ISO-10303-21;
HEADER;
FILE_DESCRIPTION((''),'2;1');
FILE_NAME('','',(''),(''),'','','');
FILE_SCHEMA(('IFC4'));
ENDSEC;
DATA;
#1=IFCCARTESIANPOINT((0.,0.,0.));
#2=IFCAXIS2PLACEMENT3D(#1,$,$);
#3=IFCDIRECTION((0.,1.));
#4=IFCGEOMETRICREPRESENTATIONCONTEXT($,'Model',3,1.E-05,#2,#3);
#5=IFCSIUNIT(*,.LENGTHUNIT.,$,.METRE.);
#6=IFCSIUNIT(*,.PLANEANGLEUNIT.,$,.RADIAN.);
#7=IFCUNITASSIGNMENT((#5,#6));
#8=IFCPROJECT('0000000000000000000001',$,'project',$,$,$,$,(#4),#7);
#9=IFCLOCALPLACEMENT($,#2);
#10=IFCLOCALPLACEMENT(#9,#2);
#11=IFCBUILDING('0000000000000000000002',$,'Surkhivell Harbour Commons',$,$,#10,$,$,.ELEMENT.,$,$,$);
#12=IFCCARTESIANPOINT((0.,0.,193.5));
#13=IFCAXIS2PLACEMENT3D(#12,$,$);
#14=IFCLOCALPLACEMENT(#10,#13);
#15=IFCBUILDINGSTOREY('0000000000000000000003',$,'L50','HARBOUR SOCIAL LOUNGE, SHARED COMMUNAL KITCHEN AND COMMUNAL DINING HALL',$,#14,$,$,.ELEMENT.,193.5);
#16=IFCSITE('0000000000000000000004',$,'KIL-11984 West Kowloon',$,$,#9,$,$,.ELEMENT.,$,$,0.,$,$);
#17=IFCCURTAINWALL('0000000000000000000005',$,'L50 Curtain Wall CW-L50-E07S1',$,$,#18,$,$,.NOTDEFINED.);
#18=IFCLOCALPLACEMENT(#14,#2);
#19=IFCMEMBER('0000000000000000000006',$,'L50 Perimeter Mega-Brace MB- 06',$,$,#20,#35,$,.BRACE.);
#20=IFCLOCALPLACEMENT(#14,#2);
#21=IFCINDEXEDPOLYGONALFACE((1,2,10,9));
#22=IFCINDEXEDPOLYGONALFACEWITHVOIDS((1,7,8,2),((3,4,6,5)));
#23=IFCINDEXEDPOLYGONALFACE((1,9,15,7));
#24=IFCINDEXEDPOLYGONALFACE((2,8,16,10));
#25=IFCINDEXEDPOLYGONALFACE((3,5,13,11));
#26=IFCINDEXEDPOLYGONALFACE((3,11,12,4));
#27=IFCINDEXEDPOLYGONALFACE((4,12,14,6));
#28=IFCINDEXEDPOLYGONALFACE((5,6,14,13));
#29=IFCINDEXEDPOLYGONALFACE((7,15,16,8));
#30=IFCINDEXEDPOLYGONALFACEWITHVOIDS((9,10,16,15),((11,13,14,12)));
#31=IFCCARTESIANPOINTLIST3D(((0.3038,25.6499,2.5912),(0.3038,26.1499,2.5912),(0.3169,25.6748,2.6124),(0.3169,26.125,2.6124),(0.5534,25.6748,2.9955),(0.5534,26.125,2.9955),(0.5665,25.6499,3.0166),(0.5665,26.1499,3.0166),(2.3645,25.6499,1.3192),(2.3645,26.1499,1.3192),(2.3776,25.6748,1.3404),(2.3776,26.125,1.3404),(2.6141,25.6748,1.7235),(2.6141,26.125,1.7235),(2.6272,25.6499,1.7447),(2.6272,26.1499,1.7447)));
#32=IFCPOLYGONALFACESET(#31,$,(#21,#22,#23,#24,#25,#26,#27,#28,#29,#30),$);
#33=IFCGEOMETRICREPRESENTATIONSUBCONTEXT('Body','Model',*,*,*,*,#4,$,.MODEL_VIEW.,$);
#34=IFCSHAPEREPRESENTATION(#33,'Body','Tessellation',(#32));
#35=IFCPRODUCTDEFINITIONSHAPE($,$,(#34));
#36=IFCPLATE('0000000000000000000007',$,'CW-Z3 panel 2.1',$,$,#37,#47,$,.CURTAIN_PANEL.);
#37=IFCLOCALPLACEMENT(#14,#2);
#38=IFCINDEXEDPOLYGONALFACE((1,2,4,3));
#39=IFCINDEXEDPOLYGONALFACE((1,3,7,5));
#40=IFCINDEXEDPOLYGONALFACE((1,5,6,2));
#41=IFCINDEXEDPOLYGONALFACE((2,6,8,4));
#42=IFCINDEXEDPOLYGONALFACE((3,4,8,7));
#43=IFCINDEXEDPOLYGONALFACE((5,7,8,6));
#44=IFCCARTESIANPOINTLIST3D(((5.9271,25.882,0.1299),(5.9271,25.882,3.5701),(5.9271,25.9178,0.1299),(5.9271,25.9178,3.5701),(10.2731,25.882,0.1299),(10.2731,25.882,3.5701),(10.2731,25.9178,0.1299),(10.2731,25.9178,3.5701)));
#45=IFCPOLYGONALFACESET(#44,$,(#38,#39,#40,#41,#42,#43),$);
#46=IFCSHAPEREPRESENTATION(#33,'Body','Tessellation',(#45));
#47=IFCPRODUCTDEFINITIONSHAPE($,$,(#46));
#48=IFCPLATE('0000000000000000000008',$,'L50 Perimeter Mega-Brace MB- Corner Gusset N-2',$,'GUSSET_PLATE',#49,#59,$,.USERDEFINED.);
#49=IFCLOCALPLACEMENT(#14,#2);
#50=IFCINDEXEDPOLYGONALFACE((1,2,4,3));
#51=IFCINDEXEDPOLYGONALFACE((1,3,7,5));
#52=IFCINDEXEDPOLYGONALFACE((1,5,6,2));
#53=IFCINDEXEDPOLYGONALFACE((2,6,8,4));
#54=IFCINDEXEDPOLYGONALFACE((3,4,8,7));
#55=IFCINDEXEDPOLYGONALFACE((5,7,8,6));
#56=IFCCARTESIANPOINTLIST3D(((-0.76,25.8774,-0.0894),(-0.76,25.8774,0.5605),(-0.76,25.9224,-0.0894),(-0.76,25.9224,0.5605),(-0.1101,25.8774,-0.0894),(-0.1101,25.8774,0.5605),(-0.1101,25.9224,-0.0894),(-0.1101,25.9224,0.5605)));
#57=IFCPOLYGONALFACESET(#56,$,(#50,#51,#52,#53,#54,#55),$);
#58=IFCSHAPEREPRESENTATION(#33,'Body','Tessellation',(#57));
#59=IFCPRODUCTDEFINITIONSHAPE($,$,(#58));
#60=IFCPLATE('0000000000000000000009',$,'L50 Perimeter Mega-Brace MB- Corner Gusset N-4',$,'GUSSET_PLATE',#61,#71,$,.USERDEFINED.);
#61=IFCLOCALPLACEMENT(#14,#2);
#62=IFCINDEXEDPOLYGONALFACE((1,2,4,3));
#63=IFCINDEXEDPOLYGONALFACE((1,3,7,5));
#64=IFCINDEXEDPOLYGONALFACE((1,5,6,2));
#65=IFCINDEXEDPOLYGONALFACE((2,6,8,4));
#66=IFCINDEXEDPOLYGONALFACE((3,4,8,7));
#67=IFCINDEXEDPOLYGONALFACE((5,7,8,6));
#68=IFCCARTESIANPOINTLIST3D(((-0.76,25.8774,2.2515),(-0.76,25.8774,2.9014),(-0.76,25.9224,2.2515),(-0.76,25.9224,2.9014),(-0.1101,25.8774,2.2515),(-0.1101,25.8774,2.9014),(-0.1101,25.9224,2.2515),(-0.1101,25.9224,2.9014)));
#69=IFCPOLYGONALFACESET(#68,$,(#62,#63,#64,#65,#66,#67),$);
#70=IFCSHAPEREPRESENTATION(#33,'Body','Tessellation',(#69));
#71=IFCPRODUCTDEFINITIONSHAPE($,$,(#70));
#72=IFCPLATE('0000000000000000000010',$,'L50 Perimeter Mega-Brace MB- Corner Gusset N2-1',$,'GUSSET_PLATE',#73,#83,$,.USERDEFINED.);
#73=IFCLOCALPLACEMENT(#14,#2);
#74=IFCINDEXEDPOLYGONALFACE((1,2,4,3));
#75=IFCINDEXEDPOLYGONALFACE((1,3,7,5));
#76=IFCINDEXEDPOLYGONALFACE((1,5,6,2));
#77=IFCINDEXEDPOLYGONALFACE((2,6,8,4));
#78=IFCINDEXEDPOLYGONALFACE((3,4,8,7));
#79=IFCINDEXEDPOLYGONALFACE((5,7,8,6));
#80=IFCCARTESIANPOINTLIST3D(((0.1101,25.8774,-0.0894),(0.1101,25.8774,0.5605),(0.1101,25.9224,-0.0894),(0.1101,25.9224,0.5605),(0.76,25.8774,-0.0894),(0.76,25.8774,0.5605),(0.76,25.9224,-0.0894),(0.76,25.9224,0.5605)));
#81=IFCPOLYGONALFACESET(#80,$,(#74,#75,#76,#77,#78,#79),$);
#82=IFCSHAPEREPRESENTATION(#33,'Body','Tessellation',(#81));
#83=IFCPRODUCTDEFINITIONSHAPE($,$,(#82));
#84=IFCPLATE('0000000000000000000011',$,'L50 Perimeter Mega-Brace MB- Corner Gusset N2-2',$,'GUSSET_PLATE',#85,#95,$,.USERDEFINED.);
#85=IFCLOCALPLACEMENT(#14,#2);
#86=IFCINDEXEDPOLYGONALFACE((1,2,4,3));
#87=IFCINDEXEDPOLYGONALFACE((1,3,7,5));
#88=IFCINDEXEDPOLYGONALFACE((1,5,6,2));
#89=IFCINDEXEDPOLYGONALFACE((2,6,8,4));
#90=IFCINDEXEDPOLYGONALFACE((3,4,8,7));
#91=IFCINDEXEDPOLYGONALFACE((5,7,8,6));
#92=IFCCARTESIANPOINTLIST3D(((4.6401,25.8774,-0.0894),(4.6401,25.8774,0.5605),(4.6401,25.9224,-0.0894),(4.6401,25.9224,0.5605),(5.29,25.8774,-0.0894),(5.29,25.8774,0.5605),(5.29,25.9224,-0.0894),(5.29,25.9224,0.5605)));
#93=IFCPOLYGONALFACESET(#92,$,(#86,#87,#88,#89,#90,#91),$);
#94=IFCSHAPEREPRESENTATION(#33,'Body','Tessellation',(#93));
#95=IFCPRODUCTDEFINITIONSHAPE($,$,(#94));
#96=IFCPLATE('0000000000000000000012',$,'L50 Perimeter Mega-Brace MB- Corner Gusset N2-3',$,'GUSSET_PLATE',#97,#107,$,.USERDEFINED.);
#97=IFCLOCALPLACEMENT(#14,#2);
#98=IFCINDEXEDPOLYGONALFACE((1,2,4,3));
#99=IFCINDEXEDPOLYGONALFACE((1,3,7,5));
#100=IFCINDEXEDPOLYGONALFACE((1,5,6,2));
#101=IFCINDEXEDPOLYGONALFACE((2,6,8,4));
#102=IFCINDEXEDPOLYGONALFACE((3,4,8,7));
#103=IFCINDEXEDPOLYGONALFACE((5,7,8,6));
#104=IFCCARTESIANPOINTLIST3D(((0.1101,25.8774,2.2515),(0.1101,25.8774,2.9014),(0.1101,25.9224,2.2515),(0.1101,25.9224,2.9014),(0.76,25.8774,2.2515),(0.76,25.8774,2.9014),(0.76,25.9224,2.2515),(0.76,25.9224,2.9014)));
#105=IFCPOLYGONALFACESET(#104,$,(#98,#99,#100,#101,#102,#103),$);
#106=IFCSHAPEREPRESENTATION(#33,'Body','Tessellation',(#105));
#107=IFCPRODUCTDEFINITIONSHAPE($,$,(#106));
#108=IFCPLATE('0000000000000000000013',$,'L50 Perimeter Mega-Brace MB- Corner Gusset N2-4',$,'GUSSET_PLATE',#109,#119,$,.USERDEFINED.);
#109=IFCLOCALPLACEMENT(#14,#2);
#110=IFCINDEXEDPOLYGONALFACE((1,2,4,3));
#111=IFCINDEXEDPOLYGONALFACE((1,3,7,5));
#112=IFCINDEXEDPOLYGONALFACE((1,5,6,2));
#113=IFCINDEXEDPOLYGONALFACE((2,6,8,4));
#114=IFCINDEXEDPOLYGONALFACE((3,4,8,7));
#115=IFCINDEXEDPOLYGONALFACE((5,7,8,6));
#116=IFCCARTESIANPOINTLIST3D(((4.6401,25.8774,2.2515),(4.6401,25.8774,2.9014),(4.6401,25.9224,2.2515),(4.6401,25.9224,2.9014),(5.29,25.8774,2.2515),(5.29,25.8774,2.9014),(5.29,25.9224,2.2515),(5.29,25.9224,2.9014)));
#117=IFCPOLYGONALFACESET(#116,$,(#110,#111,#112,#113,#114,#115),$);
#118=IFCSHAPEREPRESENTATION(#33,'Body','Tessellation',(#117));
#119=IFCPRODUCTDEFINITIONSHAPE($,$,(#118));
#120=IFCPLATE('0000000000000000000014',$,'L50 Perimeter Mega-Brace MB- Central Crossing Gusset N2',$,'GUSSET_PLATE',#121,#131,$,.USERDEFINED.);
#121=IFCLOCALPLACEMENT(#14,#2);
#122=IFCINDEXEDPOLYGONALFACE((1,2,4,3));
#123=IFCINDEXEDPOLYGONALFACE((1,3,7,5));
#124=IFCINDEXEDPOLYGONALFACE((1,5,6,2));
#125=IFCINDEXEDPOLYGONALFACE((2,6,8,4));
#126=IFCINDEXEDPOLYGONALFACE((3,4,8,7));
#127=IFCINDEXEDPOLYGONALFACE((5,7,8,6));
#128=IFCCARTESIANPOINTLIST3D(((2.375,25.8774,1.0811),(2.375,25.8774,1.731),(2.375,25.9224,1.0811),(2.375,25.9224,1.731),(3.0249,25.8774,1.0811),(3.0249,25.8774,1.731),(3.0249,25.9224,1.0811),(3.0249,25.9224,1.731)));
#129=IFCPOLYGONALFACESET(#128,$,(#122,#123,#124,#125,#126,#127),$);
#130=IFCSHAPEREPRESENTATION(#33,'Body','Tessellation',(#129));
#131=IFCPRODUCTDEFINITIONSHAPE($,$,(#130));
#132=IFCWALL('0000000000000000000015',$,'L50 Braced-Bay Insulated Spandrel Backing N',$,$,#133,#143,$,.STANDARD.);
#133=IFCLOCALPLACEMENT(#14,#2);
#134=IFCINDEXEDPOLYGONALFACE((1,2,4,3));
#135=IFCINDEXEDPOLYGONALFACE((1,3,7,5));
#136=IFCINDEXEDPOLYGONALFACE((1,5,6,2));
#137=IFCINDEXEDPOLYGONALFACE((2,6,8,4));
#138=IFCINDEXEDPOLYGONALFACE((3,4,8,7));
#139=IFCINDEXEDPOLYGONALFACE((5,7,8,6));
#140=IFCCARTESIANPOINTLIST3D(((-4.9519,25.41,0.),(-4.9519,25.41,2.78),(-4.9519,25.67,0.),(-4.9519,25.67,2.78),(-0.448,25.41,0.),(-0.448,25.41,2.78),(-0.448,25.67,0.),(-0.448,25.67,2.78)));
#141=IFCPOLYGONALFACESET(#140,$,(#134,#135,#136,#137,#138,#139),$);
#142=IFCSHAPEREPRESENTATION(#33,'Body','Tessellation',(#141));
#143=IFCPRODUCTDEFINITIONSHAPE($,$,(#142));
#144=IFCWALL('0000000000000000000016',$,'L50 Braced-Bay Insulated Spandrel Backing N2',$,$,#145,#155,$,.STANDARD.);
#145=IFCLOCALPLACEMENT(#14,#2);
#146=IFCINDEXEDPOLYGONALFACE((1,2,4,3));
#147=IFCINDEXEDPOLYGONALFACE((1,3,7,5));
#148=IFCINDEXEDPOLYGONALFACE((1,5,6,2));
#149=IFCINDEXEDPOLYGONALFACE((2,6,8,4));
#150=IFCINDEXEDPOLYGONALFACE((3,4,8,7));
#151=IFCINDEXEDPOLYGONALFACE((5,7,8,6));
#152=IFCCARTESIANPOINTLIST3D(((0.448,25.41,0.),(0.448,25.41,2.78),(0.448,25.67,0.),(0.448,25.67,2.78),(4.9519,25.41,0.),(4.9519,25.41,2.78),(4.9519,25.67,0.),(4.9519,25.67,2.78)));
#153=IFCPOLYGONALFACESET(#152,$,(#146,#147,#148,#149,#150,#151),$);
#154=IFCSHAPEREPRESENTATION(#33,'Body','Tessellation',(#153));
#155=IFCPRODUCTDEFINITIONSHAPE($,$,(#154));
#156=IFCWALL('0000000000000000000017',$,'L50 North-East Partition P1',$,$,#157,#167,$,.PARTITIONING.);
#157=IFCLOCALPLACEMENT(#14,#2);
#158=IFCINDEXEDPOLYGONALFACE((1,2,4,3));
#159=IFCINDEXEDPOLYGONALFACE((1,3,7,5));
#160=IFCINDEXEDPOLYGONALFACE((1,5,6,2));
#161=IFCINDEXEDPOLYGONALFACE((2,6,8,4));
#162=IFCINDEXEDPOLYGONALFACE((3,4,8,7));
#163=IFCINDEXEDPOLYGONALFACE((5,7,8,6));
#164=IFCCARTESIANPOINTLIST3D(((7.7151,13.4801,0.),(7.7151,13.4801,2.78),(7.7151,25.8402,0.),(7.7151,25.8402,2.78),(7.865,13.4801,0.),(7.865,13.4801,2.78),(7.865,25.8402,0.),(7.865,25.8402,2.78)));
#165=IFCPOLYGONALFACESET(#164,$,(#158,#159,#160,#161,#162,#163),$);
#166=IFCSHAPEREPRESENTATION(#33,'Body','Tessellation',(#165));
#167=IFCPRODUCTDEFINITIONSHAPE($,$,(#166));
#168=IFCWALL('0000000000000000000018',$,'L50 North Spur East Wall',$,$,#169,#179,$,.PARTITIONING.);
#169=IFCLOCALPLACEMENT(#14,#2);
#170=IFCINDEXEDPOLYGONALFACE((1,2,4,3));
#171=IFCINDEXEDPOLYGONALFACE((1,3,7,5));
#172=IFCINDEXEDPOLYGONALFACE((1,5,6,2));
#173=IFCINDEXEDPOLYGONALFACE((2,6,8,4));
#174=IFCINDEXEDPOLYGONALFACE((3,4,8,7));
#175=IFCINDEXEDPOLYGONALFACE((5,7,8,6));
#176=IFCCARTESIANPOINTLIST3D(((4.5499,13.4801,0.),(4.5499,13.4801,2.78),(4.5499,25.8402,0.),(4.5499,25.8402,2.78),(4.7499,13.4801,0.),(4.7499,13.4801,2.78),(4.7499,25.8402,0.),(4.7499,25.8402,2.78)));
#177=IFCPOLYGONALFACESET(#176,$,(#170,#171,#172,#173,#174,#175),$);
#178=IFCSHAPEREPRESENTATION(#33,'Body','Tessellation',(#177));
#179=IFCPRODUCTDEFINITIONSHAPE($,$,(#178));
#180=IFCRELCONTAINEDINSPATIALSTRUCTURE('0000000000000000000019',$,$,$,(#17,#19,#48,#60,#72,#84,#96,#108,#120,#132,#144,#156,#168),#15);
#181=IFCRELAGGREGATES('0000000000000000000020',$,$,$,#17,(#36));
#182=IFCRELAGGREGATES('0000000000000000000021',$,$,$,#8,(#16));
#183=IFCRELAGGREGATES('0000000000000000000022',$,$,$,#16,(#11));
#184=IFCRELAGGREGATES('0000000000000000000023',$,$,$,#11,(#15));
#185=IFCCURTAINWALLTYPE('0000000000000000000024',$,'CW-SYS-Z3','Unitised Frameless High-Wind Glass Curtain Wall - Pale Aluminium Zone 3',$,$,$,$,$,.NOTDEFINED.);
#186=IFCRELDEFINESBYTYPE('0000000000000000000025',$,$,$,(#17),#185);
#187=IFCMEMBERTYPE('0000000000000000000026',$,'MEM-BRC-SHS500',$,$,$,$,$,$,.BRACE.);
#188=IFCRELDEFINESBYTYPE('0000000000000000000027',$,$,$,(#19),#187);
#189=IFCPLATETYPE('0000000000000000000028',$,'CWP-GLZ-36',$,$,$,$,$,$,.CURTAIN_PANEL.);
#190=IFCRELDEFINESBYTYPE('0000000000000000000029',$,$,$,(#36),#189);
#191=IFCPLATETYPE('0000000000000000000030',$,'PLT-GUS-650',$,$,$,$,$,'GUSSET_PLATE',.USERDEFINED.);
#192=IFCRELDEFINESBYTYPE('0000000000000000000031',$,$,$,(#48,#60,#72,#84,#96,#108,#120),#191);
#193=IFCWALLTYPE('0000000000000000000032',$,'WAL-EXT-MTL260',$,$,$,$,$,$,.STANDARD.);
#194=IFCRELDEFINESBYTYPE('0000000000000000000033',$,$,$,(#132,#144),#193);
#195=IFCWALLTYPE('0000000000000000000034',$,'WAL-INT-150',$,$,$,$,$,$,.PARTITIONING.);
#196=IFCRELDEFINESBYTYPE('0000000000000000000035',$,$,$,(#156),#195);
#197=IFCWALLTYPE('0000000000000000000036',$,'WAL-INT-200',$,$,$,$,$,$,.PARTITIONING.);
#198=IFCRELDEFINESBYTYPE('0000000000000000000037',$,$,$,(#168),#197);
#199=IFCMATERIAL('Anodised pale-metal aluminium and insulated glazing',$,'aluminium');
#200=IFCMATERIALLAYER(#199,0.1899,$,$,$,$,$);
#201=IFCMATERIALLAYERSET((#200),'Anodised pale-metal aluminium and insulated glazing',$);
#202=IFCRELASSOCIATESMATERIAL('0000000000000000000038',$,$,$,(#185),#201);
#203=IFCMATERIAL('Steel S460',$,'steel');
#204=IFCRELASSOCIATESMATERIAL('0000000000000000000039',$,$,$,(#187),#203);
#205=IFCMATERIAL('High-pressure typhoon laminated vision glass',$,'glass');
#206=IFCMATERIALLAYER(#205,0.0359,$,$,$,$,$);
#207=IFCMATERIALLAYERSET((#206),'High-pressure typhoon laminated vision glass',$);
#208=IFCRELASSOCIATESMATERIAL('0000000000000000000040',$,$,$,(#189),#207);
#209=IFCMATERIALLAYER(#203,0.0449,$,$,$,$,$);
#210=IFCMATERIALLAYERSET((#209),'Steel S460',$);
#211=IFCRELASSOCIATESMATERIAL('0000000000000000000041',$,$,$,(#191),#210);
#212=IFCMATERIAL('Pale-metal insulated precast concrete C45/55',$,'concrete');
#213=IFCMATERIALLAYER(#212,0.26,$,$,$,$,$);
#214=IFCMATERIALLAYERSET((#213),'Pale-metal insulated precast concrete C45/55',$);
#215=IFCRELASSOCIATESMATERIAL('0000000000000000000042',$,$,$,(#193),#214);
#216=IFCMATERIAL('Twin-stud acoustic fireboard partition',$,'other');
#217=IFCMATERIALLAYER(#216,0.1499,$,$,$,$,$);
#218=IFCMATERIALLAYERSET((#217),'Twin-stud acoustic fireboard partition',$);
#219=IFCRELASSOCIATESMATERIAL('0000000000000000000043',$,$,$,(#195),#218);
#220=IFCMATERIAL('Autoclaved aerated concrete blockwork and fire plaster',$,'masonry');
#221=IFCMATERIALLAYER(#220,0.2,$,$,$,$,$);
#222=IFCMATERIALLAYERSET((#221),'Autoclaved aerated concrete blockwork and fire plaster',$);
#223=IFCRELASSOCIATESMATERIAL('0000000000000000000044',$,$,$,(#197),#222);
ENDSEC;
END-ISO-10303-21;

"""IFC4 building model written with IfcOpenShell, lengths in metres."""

from ifc_helpers import new_model, si_unit, direction, frame, frame_2d, origin, origin_2d, place, context, subcontext, project, spatial, rectangle, hollow_rectangle, extrude, material, layer, layer_set, material_profile, profile_set, type_object, element, aggregate, save


model = new_model("IFC4")

# Units and contexts
model_context = context("Model", 3, precision=1e-05, world=origin(), true_north=direction((0.0, 1.0)))
body_context = subcontext(model_context, "Body", "Model", "MODEL_VIEW")
ifc_project = project(units=[si_unit("LENGTHUNIT", "METRE"), si_unit("PLANEANGLEUNIT", "RADIAN")], contexts=[model_context])

# Site, building, storey
site_placement = place(None, origin())
site = spatial("IfcSite", under=ifc_project, at=site_placement, Name="KIL-11984 West Kowloon", CompositionType="ELEMENT", RefElevation=0.0)
building_placement = place(site_placement, origin())
building = spatial("IfcBuilding", under=site, at=building_placement, Name="Surkhivell Harbour Commons", CompositionType="ELEMENT")
storey_placement = place(building_placement, frame((0.0, 0.0, 193.5)))
storey = spatial("IfcBuildingStorey", under=building, at=storey_placement, Name="L50", Description="HARBOUR SOCIAL LOUNGE, SHARED COMMUNAL KITCHEN AND COMMUNAL DINING HALL", CompositionType="ELEMENT", Elevation=193.5)

# Curtain wall
ifc_material_1 = material(Name="Anodised pale-metal aluminium and insulated glazing", Category="aluminium")
ifc_layer_1 = layer(ifc_material_1, 0.1899)
ifc_layer_set_1 = layer_set([ifc_layer_1], Name="Anodised pale-metal aluminium and insulated glazing")
curtain_wall_type = type_object("IfcCurtainWallType", Name="CW-SYS-Z3", Description="Unitised Frameless High-Wind Glass Curtain Wall - Pale Aluminium Zone 3", PredefinedType="NOTDEFINED", material=ifc_layer_set_1)
curtain_wall_placement = place(storey_placement, origin())
curtain_wall = element("IfcCurtainWall", 1, at=curtain_wall_placement, inside=storey, type_object=curtain_wall_type, Name="L50 Curtain Wall CW-L50-E07S1", PredefinedType="NOTDEFINED")

# Member
ifc_material_2 = material(Name="Steel S460", Category="steel")
ifc_material_profile_1 = material_profile(ifc_material_2, hollow_rectangle(XDim=0.5, YDim=0.5, WallThickness=0.0249, at=origin_2d()), Name="SHS500x500x25")
ifc_profile_set_1 = profile_set([ifc_material_profile_1], Name="Steel S460")
member_type_1 = type_object("IfcMemberType", Name="MEM-BRC-SHS500", PredefinedType="BRACE", material=ifc_profile_set_1)
for number, where, z_axis, x_axis, name in (
    (2, (2.4958, 25.8999, 1.532), (-0.850958, 0.0, 0.525233), (0.0, -1.0, 0.0), "L50 Perimeter Mega-Brace MB- 06"),
):
    element("IfcMember", number, at=place(storey_placement, frame(where, z_axis=z_axis, x_axis=x_axis)), inside=storey, type_object=member_type_1, Name=name, PredefinedType="BRACE", context=body_context, shape_type="SweptSolid", body=[
        extrude(hollow_rectangle(XDim=0.5, YDim=0.5, WallThickness=0.0249, at=origin_2d()), origin(), (0.0, 0.0, 1.0), 2.4216),
    ])

# Plate
ifc_material_3 = material(Name="High-pressure typhoon laminated vision glass", Category="glass")
ifc_layer_2 = layer(ifc_material_3, 0.0359)
ifc_layer_set_2 = layer_set([ifc_layer_2], Name="High-pressure typhoon laminated vision glass")
plate_type_1 = type_object("IfcPlateType", Name="CWP-GLZ-36", PredefinedType="CURTAIN_PANEL", material=ifc_layer_set_2)
plate_placement = place(storey_placement, frame((10.2729, 25.8999, 0.1299), z_axis=(0.0, 0.0, 1.0), x_axis=(-1.0, 0.0, 0.0)))
plate = element("IfcPlate", 3, at=plate_placement, type_object=plate_type_1, Name="CW-Z3 panel 2.1", PredefinedType="CURTAIN_PANEL", context=body_context, shape_type="SweptSolid", body=[
    extrude(rectangle(XDim=4.3459, YDim=0.0359, at=frame_2d((2.1729, 0.0))), origin(), (0.0, 0.0, 1.0), 3.4402),
])
aggregate(curtain_wall, [plate])

# Plates
ifc_layer_3 = layer(ifc_material_2, 0.0449)
ifc_layer_set_3 = layer_set([ifc_layer_3], Name="Steel S460")
plate_type_2 = type_object("IfcPlateType", Name="PLT-GUS-650", ElementType="GUSSET_PLATE", PredefinedType="USERDEFINED", material=ifc_layer_set_3)
for number, where, z_axis, x_axis, name in (
    (4, (-0.4351, 25.8999, -0.0894), (0.0, 0.0, 1.0), (1.0, 0.0, 0.0), "L50 Perimeter Mega-Brace MB- Corner Gusset N-2"),
    (5, (-0.4351, 25.8999, 2.2515), (0.0, 0.0, 1.0), (1.0, 0.0, 0.0), "L50 Perimeter Mega-Brace MB- Corner Gusset N-4"),
    (6, (0.4351, 25.8999, -0.0894), (0.0, 0.0, 1.0), (1.0, 0.0, 0.0), "L50 Perimeter Mega-Brace MB- Corner Gusset N2-1"),
    (7, (4.9651, 25.8999, -0.0894), (0.0, 0.0, 1.0), (1.0, 0.0, 0.0), "L50 Perimeter Mega-Brace MB- Corner Gusset N2-2"),
    (8, (0.4351, 25.8999, 2.2515), (0.0, 0.0, 1.0), (1.0, 0.0, 0.0), "L50 Perimeter Mega-Brace MB- Corner Gusset N2-3"),
    (9, (4.9651, 25.8999, 2.2515), (0.0, 0.0, 1.0), (1.0, 0.0, 0.0), "L50 Perimeter Mega-Brace MB- Corner Gusset N2-4"),
    (10, (2.7, 25.8999, 1.0811), (0.0, 0.0, 1.0), (1.0, 0.0, 0.0), "L50 Perimeter Mega-Brace MB- Central Crossing Gusset N2"),
):
    element("IfcPlate", number, at=place(storey_placement, frame(where, z_axis=z_axis, x_axis=x_axis)), inside=storey, type_object=plate_type_2, Name=name, ObjectType="GUSSET_PLATE", PredefinedType="USERDEFINED", context=body_context, shape_type="SweptSolid", body=[
        extrude(rectangle(XDim=0.6499, YDim=0.0449, at=origin_2d()), origin(), (0.0, 0.0, 1.0), 0.6499),
    ])

# Walls
ifc_material_4 = material(Name="Pale-metal insulated precast concrete C45/55", Category="concrete")
ifc_layer_4 = layer(ifc_material_4, 0.26)
ifc_layer_set_4 = layer_set([ifc_layer_4], Name="Pale-metal insulated precast concrete C45/55")
wall_type_1 = type_object("IfcWallType", Name="WAL-EXT-MTL260", PredefinedType="STANDARD", material=ifc_layer_set_4)
for number, where, z_axis, x_axis, name in (
    (11, (-0.448, 25.54, 0.0), (0.0, 0.0, 1.0), (-1.0, 0.0, 0.0), "L50 Braced-Bay Insulated Spandrel Backing N"),
    (12, (4.9519, 25.54, 0.0), (0.0, 0.0, 1.0), (-1.0, 0.0, 0.0), "L50 Braced-Bay Insulated Spandrel Backing N2"),
):
    element("IfcWall", number, at=place(storey_placement, frame(where, z_axis=z_axis, x_axis=x_axis)), inside=storey, type_object=wall_type_1, Name=name, PredefinedType="STANDARD", context=body_context, shape_type="SweptSolid", body=[
        extrude(rectangle(XDim=4.5039, YDim=0.26, at=frame_2d((2.252, 0.0))), origin(), (0.0, 0.0, 1.0), 2.78),
    ])
ifc_material_5 = material(Name="Twin-stud acoustic fireboard partition", Category="other")
ifc_layer_5 = layer(ifc_material_5, 0.1499)
ifc_layer_set_5 = layer_set([ifc_layer_5], Name="Twin-stud acoustic fireboard partition")
wall_type_2 = type_object("IfcWallType", Name="WAL-INT-150", PredefinedType="PARTITIONING", material=ifc_layer_set_5)
wall_1_placement = place(storey_placement, frame((7.79, 13.48, 0.0), z_axis=(0.0, 0.0, 1.0), x_axis=(0.0, 1.0, 0.0)))
element("IfcWall", 13, at=wall_1_placement, inside=storey, type_object=wall_type_2, Name="L50 North-East Partition P1", PredefinedType="PARTITIONING", context=body_context, shape_type="SweptSolid", body=[
    extrude(rectangle(XDim=12.3601, YDim=0.1499, at=frame_2d((6.1802, 0.0))), origin(), (0.0, 0.0, 1.0), 2.78),
])
ifc_material_6 = material(Name="Autoclaved aerated concrete blockwork and fire plaster", Category="masonry")
ifc_layer_6 = layer(ifc_material_6, 0.2)
ifc_layer_set_6 = layer_set([ifc_layer_6], Name="Autoclaved aerated concrete blockwork and fire plaster")
wall_type_3 = type_object("IfcWallType", Name="WAL-INT-200", PredefinedType="PARTITIONING", material=ifc_layer_set_6)
wall_2_placement = place(storey_placement, frame((4.6499, 13.48, 0.0), z_axis=(0.0, 0.0, 1.0), x_axis=(0.0, 1.0, 0.0)))
element("IfcWall", 14, at=wall_2_placement, inside=storey, type_object=wall_type_3, Name="L50 North Spur East Wall", PredefinedType="PARTITIONING", context=body_context, shape_type="SweptSolid", body=[
    extrude(rectangle(XDim=12.3601, YDim=0.2, at=frame_2d((6.1802, 0.0))), origin(), (0.0, 0.0, 1.0), 2.78),
])

save(model, "model.ifc")
